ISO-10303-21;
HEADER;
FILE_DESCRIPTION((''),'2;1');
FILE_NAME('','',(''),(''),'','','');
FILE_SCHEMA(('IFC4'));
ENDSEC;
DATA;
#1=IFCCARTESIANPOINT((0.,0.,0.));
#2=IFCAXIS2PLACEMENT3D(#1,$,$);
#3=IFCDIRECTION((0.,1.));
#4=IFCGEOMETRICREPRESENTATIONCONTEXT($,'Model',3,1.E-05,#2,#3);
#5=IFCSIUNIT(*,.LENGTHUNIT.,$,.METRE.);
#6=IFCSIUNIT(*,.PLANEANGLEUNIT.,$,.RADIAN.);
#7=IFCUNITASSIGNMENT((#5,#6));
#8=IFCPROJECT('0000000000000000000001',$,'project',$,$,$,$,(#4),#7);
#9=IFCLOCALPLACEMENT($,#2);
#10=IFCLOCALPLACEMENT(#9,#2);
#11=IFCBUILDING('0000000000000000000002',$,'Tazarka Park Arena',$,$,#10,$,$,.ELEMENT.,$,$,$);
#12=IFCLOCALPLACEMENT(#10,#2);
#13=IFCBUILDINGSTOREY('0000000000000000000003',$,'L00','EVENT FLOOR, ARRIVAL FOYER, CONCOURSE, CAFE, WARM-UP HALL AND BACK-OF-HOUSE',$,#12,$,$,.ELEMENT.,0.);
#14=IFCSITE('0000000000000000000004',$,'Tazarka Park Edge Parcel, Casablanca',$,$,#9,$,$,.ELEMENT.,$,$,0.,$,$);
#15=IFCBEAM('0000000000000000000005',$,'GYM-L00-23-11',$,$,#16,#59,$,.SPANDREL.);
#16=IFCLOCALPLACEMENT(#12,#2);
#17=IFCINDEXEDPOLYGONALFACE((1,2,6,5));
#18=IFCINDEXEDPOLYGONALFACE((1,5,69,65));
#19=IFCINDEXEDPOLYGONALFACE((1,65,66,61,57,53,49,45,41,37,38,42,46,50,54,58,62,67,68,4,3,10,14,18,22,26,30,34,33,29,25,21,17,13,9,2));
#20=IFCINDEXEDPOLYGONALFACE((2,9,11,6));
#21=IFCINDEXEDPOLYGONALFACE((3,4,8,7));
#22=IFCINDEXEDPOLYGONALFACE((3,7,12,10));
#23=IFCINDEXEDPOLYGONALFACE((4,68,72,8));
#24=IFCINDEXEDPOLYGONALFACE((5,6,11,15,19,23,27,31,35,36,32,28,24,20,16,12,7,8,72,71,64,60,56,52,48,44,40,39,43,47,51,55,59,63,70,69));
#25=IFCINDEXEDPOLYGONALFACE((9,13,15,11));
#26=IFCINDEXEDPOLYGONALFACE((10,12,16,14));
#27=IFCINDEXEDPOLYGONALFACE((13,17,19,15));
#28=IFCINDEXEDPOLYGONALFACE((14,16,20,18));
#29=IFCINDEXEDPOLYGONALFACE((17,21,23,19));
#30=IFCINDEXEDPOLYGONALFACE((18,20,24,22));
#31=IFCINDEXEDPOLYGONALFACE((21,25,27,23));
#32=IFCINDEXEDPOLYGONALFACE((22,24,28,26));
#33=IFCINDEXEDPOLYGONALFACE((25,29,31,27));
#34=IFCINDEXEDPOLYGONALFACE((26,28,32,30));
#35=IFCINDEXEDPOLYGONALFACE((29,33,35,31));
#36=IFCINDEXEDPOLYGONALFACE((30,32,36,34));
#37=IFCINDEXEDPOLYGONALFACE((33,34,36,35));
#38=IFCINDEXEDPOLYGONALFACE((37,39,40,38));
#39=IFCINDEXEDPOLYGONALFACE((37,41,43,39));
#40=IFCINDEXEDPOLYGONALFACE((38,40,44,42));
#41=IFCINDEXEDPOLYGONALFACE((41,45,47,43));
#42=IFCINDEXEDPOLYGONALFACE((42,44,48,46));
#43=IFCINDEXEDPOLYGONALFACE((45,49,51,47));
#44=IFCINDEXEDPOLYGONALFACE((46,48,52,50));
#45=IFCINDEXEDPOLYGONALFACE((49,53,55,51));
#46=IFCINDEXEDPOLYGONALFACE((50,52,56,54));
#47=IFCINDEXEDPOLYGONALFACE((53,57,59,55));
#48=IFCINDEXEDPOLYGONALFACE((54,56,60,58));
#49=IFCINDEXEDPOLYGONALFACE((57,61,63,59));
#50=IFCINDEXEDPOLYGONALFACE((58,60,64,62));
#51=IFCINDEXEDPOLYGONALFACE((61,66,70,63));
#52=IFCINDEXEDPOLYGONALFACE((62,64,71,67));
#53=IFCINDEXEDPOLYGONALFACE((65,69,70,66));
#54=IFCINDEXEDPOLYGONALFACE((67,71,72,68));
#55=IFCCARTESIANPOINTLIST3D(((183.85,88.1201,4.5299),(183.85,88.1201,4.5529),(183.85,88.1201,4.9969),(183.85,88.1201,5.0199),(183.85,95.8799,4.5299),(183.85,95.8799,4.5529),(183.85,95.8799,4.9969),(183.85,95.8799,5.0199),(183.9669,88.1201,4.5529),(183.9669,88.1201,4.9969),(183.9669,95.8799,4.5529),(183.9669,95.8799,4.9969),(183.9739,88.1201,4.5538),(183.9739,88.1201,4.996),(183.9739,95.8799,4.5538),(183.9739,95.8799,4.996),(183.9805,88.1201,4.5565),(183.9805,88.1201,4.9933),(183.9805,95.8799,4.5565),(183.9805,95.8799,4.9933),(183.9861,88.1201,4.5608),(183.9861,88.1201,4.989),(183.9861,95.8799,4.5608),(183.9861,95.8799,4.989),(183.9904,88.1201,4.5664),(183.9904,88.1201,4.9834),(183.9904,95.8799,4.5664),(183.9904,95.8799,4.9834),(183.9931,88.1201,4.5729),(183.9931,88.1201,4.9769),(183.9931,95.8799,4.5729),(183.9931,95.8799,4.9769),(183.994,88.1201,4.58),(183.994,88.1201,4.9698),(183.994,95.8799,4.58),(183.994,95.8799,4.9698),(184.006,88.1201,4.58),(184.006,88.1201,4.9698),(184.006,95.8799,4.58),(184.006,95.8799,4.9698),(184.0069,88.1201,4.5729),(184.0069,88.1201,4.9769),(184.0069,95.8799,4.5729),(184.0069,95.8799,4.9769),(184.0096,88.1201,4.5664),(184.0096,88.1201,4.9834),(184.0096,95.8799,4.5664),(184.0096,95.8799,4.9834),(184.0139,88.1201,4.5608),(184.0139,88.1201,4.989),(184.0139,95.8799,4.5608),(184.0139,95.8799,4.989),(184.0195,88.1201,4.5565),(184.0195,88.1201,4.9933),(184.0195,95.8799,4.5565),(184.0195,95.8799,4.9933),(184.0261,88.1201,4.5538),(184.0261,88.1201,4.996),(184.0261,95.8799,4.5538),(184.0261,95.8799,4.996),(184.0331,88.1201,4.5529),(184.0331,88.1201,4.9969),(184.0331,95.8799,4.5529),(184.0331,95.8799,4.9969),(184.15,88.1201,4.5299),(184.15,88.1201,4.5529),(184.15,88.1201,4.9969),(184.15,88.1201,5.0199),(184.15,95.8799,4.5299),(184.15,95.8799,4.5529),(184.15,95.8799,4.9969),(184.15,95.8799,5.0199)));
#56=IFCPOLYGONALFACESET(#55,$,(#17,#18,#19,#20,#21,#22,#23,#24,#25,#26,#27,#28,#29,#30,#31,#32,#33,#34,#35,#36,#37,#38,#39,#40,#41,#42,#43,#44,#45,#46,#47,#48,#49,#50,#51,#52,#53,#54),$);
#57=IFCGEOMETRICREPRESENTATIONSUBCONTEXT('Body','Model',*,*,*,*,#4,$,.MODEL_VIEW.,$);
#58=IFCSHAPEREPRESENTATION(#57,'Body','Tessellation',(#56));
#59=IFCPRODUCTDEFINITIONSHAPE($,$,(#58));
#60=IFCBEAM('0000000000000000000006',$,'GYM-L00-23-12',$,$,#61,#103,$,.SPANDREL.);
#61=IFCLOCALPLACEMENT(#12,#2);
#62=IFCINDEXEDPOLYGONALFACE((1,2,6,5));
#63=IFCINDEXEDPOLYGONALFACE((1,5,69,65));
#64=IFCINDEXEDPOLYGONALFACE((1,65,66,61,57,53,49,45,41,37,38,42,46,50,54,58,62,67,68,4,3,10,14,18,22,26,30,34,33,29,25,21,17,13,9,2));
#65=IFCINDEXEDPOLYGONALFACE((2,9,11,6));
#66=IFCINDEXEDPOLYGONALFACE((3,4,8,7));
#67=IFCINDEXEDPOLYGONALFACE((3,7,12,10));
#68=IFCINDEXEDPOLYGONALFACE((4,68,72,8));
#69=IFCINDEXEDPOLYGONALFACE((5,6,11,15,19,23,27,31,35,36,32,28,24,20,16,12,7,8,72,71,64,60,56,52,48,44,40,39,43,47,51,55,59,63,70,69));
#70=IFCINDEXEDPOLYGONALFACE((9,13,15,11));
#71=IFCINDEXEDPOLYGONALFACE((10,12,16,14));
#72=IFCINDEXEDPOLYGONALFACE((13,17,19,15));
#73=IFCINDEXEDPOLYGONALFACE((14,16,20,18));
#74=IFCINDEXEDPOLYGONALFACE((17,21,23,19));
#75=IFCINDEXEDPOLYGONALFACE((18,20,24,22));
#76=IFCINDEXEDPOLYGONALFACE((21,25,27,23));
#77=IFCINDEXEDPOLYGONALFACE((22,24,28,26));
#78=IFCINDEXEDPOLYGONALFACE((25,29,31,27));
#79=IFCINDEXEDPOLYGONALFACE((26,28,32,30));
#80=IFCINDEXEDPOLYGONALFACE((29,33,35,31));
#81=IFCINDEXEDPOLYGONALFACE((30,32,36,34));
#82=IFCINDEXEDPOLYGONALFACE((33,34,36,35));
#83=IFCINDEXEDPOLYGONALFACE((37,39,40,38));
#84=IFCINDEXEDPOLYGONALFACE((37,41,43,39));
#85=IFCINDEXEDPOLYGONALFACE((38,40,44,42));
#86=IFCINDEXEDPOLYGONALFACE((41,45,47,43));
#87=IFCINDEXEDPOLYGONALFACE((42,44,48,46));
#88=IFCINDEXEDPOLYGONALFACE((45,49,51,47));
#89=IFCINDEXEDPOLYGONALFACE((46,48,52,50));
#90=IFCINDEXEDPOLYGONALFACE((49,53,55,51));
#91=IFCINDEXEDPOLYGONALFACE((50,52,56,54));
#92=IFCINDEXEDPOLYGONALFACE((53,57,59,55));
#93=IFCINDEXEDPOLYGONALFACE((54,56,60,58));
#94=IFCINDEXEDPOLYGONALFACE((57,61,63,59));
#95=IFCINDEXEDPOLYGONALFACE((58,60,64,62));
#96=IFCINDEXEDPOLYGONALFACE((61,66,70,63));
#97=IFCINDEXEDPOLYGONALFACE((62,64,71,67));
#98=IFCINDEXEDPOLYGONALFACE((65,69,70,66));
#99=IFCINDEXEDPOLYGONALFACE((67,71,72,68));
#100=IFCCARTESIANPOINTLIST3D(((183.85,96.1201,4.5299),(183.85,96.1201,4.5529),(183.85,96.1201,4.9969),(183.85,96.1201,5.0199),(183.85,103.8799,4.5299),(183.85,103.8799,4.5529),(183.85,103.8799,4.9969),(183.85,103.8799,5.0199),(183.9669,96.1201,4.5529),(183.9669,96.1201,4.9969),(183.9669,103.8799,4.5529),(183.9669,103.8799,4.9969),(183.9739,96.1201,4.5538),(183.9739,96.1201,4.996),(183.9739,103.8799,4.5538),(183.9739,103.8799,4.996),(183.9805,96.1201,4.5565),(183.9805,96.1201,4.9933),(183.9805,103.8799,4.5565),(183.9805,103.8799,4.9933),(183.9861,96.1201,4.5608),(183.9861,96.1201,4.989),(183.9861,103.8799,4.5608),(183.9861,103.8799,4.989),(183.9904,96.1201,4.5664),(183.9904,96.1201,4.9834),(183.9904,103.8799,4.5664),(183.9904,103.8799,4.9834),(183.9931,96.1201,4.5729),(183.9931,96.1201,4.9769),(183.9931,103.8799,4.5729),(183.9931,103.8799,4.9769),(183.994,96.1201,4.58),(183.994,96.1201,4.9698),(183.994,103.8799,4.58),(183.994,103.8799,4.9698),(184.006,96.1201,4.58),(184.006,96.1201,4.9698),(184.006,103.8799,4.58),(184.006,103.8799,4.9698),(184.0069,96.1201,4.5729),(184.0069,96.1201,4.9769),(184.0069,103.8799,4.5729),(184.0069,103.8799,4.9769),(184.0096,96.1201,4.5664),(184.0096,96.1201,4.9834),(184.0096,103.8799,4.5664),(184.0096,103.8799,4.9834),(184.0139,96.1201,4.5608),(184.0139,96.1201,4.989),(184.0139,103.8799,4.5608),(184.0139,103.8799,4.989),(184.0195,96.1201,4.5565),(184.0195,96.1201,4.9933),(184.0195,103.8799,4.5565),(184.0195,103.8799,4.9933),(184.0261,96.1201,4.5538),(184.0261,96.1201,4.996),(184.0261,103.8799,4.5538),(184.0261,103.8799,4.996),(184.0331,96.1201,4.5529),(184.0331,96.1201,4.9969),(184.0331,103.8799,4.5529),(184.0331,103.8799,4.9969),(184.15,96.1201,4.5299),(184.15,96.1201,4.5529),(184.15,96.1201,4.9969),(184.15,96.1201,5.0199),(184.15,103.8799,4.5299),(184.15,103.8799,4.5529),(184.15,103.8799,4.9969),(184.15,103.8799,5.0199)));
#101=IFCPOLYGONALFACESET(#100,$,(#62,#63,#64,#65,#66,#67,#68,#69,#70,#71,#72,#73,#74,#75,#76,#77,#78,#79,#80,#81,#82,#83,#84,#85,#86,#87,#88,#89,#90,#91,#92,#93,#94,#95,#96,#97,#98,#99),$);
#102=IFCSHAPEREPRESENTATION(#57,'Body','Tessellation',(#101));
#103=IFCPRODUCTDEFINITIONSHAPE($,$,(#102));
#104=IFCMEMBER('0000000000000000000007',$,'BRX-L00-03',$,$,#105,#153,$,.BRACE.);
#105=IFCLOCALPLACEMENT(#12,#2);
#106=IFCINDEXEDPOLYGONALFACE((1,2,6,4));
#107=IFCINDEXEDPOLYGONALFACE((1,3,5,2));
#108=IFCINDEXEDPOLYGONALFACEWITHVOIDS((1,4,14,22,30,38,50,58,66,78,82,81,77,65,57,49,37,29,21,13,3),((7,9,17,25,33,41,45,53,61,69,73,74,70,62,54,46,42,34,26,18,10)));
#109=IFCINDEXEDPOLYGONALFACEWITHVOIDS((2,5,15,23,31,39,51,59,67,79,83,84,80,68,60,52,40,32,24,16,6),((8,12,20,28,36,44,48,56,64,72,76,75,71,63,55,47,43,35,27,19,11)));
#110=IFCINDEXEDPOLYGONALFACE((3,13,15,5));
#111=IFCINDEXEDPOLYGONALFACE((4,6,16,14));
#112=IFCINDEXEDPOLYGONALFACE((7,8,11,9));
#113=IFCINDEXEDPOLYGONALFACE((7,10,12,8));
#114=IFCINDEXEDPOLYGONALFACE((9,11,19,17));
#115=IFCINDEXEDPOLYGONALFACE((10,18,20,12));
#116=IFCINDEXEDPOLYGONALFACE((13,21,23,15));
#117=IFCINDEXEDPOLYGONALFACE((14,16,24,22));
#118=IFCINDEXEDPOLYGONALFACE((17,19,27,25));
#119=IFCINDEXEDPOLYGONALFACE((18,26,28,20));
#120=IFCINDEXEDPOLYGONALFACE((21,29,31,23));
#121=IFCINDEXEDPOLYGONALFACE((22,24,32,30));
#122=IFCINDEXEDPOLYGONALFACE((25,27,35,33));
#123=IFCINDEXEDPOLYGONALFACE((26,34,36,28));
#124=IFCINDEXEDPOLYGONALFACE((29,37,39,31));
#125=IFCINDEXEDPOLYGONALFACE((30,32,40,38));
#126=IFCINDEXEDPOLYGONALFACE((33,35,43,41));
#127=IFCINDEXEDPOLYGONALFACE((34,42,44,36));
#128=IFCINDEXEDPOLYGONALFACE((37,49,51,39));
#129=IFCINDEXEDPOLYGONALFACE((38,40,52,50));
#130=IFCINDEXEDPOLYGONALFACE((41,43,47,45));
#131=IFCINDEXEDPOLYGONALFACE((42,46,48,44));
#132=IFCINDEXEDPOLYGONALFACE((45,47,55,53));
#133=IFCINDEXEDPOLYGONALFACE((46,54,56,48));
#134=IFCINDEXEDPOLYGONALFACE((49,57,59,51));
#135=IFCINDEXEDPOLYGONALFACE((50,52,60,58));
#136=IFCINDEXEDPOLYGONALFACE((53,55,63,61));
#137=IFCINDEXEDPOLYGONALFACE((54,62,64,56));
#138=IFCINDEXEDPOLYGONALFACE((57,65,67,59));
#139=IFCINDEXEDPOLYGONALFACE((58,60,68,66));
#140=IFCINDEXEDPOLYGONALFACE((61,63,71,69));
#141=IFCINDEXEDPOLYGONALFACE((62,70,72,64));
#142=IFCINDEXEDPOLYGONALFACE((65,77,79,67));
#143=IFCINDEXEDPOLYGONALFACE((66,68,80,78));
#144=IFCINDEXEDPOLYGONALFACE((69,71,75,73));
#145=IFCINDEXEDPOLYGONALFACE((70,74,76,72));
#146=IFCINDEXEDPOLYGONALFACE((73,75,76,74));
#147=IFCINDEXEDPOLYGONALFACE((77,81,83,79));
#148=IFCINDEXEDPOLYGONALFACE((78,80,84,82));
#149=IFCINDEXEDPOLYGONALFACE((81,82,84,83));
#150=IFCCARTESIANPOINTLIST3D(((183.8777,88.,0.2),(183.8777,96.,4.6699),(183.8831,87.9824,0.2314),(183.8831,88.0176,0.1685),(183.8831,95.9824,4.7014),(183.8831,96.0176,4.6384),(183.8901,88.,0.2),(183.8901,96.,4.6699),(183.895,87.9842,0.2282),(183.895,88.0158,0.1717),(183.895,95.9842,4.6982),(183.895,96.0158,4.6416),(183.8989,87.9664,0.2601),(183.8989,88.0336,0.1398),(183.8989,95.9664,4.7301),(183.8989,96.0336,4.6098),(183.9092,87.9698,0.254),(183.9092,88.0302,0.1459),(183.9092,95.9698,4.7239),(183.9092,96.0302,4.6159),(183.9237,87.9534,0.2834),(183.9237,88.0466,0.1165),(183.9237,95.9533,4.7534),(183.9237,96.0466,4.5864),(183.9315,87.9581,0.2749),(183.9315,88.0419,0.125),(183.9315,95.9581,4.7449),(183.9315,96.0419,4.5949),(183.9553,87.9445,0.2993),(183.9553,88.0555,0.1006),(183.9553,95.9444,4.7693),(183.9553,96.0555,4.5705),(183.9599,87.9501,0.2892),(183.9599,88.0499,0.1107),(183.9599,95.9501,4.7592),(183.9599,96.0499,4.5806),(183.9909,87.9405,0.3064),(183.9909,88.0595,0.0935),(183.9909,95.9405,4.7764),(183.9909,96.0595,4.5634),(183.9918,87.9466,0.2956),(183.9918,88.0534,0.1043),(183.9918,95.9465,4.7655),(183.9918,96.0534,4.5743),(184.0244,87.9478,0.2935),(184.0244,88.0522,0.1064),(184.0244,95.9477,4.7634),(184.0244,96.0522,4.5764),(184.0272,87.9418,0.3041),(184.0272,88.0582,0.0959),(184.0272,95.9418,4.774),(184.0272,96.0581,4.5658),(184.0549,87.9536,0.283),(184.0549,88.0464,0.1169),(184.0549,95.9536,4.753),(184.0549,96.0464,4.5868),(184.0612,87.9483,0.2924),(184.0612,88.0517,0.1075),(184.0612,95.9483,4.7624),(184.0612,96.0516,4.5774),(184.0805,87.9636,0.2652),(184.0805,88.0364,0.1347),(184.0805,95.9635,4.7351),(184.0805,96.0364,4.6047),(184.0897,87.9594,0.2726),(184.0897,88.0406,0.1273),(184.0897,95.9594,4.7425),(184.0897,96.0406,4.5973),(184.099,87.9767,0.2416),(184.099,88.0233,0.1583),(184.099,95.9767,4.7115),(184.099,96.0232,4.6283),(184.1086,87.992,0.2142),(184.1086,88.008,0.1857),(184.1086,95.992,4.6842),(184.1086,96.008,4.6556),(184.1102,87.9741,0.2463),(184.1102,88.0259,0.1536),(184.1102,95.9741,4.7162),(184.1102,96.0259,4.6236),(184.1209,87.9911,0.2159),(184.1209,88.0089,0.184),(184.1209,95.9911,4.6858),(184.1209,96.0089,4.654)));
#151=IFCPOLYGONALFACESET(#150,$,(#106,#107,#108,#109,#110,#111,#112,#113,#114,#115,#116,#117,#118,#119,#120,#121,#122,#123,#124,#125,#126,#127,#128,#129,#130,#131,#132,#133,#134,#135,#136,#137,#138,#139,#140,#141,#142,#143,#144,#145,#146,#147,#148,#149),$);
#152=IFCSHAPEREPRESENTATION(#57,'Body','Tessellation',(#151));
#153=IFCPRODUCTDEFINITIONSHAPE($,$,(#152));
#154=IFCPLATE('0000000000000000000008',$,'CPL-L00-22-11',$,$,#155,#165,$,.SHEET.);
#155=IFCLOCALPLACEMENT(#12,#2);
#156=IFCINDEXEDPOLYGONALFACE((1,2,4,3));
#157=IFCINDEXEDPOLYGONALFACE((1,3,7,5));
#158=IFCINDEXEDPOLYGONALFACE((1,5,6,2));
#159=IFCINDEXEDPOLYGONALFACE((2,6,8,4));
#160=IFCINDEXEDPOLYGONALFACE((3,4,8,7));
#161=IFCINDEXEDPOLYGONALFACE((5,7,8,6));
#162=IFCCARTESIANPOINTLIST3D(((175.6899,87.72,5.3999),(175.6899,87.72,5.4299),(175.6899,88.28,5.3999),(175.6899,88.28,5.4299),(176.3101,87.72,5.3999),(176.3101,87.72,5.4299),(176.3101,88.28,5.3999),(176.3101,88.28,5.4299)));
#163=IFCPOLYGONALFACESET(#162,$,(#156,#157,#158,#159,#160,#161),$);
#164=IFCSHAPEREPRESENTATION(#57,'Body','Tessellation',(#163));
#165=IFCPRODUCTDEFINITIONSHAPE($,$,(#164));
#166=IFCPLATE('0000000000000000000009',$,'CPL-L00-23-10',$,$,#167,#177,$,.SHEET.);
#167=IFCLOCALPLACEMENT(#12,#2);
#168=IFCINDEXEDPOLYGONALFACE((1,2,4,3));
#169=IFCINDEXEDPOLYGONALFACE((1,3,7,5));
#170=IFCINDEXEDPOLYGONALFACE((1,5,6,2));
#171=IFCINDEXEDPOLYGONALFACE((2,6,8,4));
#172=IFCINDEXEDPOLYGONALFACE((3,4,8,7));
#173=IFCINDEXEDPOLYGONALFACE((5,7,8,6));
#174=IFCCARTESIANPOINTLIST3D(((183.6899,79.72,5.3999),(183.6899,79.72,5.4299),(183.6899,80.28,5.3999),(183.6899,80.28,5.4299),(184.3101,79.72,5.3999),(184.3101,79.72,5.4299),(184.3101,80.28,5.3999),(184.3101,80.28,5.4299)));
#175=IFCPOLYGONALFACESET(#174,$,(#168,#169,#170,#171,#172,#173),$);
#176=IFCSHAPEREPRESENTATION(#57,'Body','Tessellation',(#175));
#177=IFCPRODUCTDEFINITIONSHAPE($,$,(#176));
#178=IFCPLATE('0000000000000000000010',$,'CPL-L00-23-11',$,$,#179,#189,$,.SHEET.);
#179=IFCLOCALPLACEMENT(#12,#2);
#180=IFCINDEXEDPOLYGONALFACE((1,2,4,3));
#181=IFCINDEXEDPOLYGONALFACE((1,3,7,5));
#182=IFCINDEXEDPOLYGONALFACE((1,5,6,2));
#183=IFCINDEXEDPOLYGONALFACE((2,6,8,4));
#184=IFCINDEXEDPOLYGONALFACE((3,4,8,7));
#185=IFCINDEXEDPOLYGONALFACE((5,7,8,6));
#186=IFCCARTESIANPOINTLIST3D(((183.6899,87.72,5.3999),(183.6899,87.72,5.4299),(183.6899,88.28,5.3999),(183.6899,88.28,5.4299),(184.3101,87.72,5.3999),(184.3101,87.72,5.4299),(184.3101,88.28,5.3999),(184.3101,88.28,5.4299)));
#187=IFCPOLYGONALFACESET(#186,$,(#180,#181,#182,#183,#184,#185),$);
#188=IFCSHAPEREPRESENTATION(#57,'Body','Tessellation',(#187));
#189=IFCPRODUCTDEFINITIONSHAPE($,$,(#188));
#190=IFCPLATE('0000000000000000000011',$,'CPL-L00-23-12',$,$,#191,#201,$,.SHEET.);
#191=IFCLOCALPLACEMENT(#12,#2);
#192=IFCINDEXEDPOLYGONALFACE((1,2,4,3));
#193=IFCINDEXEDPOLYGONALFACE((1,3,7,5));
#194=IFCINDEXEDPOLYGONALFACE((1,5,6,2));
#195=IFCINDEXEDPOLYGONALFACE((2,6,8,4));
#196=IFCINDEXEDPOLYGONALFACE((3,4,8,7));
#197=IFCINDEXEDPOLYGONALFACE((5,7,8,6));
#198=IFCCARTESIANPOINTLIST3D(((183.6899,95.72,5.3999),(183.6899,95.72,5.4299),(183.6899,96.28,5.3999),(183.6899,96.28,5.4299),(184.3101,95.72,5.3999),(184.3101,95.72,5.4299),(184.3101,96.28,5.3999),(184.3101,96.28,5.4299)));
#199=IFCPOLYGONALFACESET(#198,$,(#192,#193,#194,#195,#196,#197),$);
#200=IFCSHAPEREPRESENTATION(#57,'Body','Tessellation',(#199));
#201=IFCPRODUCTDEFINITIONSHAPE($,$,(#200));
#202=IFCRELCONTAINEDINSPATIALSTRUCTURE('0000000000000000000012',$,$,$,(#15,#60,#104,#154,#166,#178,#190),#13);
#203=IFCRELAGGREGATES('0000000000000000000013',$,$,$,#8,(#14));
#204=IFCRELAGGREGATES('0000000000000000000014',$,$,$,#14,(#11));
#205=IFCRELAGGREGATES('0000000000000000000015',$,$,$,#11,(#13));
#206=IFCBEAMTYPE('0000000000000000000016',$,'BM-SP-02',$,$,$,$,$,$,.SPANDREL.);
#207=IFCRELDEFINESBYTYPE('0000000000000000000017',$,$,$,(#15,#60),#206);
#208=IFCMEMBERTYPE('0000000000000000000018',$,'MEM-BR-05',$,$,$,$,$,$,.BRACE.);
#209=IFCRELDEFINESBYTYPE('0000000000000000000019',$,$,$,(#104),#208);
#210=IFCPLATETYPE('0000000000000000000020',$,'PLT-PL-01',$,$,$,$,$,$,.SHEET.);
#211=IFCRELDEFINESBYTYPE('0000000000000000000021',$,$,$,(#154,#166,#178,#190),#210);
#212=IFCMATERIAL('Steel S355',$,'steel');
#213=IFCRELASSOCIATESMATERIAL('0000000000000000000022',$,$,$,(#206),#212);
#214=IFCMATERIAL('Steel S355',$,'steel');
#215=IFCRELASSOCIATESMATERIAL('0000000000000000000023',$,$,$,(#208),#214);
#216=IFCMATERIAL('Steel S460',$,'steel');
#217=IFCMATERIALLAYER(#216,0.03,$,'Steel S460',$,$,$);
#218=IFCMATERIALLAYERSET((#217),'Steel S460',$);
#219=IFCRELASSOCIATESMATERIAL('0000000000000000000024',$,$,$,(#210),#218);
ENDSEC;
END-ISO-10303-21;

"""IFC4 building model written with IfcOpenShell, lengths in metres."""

from ifc_helpers import new_model, si_unit, direction, frame, origin, origin_2d, place, context, subcontext, project, spatial, rectangle, hollow_circle, i_section, extrude, material, layer, layer_set, material_profile, profile_set, type_object, element, save


model = new_model("IFC4")

# Units and contexts
model_context = context("Model", 3, precision=1e-05, world=origin(), true_north=direction((0.0, 1.0)))
body_context = subcontext(model_context, "Body", "Model", "MODEL_VIEW")
ifc_project = project(units=[si_unit("LENGTHUNIT", "METRE"), si_unit("PLANEANGLEUNIT", "RADIAN")], contexts=[model_context])

# Site, building, storey
site_placement = place(None, origin())
site = spatial("IfcSite", under=ifc_project, at=site_placement, Name="Tazarka Park Edge Parcel, Casablanca", CompositionType="ELEMENT", RefElevation=0.0)
building_placement = place(site_placement, origin())
building = spatial("IfcBuilding", under=site, at=building_placement, Name="Tazarka Park Arena", CompositionType="ELEMENT")
storey_placement = place(building_placement, origin())
storey = spatial("IfcBuildingStorey", under=building, at=storey_placement, Name="L00", Description="EVENT FLOOR, ARRIVAL FOYER, CONCOURSE, CAFE, WARM-UP HALL AND BACK-OF-HOUSE", CompositionType="ELEMENT", Elevation=0.0)

# Beams
ifc_material_1 = material(Name="Steel S355", Category="steel")
ifc_material_profile_1 = material_profile(ifc_material_1, i_section(OverallWidth=0.3, OverallDepth=0.49, WebThickness=0.012, FlangeThickness=0.0229, FilletRadius=0.0271, at=origin_2d()), Name="Steel S355")
ifc_profile_set_1 = profile_set([ifc_material_profile_1], Name="Steel S355")
beam_type_1 = type_object("IfcBeamType", Name="BM-SP-02", PredefinedType="SPANDREL", material=ifc_profile_set_1)
for number, where, z_axis, x_axis, name in (
    (1, (184.0, 88.1201, 4.7749), (0.0, 1.0, 0.0), (-1.0, 0.0, 0.0), "GYM-L00-23-11"),
    (2, (184.0, 96.1201, 4.7749), (0.0, 1.0, 0.0), (-1.0, 0.0, 0.0), "GYM-L00-23-12"),
):
    element("IfcBeam", number, at=place(storey_placement, frame(where, z_axis=z_axis, x_axis=x_axis)), inside=storey, type_object=beam_type_1, Name=name, PredefinedType="SPANDREL", context=body_context, shape_type="SweptSolid", body=[
        extrude(i_section(OverallWidth=0.3, OverallDepth=0.49, WebThickness=0.012, FlangeThickness=0.0229, FilletRadius=0.0271, at=origin_2d()), origin(), (0.0, 0.0, 1.0), 7.7598),
    ])

# Member
ifc_material_2 = material(Name="Steel S355", Category="steel")
ifc_material_profile_2 = material_profile(ifc_material_2, hollow_circle(Radius=0.1223, WallThickness=0.0125, at=origin_2d()), Name="Steel S355")
ifc_profile_set_2 = profile_set([ifc_material_profile_2], Name="Steel S355")
member_type = type_object("IfcMemberType", Name="MEM-BR-05", PredefinedType="BRACE", material=ifc_profile_set_2)
member_placement = place(storey_placement, frame((184.0, 88.0, 0.2), z_axis=(0.0, 0.872972, 0.48777), x_axis=(-1.0, 0.0, 0.0)))
element("IfcMember", 3, at=member_placement, inside=storey, type_object=member_type, Name="BRX-L00-03", PredefinedType="BRACE", context=body_context, shape_type="SweptSolid", body=[
    extrude(hollow_circle(Radius=0.1223, WallThickness=0.0125, at=origin_2d()), origin(), (0.0, 0.0, 1.0), 9.1641),
])

# Plates
ifc_material_3 = material(Name="Steel S460", Category="steel")
ifc_layer_1 = layer(ifc_material_3, 0.03, Name="Steel S460")
ifc_layer_set_1 = layer_set([ifc_layer_1], Name="Steel S460")
plate_type_1 = type_object("IfcPlateType", Name="PLT-PL-01", PredefinedType="SHEET", material=ifc_layer_set_1)
for number, where, z_axis, x_axis, name in (
    (4, (176.0, 88.0, 5.3999), (0.0, 0.0, 1.0), (1.0, 0.0, 0.0), "CPL-L00-22-11"),
    (5, (184.0, 80.0, 5.3999), (0.0, 0.0, 1.0), (1.0, 0.0, 0.0), "CPL-L00-23-10"),
    (6, (184.0, 88.0, 5.3999), (0.0, 0.0, 1.0), (1.0, 0.0, 0.0), "CPL-L00-23-11"),
    (7, (184.0, 96.0, 5.3999), (0.0, 0.0, 1.0), (1.0, 0.0, 0.0), "CPL-L00-23-12"),
):
    element("IfcPlate", number, at=place(storey_placement, frame(where, z_axis=z_axis, x_axis=x_axis)), inside=storey, type_object=plate_type_1, Name=name, PredefinedType="SHEET", context=body_context, shape_type="SweptSolid", body=[
        extrude(rectangle(XDim=0.6201, YDim=0.5601, at=origin_2d()), origin(), (0.0, 0.0, 1.0), 0.03),
    ])

save(model, "model.ifc")
